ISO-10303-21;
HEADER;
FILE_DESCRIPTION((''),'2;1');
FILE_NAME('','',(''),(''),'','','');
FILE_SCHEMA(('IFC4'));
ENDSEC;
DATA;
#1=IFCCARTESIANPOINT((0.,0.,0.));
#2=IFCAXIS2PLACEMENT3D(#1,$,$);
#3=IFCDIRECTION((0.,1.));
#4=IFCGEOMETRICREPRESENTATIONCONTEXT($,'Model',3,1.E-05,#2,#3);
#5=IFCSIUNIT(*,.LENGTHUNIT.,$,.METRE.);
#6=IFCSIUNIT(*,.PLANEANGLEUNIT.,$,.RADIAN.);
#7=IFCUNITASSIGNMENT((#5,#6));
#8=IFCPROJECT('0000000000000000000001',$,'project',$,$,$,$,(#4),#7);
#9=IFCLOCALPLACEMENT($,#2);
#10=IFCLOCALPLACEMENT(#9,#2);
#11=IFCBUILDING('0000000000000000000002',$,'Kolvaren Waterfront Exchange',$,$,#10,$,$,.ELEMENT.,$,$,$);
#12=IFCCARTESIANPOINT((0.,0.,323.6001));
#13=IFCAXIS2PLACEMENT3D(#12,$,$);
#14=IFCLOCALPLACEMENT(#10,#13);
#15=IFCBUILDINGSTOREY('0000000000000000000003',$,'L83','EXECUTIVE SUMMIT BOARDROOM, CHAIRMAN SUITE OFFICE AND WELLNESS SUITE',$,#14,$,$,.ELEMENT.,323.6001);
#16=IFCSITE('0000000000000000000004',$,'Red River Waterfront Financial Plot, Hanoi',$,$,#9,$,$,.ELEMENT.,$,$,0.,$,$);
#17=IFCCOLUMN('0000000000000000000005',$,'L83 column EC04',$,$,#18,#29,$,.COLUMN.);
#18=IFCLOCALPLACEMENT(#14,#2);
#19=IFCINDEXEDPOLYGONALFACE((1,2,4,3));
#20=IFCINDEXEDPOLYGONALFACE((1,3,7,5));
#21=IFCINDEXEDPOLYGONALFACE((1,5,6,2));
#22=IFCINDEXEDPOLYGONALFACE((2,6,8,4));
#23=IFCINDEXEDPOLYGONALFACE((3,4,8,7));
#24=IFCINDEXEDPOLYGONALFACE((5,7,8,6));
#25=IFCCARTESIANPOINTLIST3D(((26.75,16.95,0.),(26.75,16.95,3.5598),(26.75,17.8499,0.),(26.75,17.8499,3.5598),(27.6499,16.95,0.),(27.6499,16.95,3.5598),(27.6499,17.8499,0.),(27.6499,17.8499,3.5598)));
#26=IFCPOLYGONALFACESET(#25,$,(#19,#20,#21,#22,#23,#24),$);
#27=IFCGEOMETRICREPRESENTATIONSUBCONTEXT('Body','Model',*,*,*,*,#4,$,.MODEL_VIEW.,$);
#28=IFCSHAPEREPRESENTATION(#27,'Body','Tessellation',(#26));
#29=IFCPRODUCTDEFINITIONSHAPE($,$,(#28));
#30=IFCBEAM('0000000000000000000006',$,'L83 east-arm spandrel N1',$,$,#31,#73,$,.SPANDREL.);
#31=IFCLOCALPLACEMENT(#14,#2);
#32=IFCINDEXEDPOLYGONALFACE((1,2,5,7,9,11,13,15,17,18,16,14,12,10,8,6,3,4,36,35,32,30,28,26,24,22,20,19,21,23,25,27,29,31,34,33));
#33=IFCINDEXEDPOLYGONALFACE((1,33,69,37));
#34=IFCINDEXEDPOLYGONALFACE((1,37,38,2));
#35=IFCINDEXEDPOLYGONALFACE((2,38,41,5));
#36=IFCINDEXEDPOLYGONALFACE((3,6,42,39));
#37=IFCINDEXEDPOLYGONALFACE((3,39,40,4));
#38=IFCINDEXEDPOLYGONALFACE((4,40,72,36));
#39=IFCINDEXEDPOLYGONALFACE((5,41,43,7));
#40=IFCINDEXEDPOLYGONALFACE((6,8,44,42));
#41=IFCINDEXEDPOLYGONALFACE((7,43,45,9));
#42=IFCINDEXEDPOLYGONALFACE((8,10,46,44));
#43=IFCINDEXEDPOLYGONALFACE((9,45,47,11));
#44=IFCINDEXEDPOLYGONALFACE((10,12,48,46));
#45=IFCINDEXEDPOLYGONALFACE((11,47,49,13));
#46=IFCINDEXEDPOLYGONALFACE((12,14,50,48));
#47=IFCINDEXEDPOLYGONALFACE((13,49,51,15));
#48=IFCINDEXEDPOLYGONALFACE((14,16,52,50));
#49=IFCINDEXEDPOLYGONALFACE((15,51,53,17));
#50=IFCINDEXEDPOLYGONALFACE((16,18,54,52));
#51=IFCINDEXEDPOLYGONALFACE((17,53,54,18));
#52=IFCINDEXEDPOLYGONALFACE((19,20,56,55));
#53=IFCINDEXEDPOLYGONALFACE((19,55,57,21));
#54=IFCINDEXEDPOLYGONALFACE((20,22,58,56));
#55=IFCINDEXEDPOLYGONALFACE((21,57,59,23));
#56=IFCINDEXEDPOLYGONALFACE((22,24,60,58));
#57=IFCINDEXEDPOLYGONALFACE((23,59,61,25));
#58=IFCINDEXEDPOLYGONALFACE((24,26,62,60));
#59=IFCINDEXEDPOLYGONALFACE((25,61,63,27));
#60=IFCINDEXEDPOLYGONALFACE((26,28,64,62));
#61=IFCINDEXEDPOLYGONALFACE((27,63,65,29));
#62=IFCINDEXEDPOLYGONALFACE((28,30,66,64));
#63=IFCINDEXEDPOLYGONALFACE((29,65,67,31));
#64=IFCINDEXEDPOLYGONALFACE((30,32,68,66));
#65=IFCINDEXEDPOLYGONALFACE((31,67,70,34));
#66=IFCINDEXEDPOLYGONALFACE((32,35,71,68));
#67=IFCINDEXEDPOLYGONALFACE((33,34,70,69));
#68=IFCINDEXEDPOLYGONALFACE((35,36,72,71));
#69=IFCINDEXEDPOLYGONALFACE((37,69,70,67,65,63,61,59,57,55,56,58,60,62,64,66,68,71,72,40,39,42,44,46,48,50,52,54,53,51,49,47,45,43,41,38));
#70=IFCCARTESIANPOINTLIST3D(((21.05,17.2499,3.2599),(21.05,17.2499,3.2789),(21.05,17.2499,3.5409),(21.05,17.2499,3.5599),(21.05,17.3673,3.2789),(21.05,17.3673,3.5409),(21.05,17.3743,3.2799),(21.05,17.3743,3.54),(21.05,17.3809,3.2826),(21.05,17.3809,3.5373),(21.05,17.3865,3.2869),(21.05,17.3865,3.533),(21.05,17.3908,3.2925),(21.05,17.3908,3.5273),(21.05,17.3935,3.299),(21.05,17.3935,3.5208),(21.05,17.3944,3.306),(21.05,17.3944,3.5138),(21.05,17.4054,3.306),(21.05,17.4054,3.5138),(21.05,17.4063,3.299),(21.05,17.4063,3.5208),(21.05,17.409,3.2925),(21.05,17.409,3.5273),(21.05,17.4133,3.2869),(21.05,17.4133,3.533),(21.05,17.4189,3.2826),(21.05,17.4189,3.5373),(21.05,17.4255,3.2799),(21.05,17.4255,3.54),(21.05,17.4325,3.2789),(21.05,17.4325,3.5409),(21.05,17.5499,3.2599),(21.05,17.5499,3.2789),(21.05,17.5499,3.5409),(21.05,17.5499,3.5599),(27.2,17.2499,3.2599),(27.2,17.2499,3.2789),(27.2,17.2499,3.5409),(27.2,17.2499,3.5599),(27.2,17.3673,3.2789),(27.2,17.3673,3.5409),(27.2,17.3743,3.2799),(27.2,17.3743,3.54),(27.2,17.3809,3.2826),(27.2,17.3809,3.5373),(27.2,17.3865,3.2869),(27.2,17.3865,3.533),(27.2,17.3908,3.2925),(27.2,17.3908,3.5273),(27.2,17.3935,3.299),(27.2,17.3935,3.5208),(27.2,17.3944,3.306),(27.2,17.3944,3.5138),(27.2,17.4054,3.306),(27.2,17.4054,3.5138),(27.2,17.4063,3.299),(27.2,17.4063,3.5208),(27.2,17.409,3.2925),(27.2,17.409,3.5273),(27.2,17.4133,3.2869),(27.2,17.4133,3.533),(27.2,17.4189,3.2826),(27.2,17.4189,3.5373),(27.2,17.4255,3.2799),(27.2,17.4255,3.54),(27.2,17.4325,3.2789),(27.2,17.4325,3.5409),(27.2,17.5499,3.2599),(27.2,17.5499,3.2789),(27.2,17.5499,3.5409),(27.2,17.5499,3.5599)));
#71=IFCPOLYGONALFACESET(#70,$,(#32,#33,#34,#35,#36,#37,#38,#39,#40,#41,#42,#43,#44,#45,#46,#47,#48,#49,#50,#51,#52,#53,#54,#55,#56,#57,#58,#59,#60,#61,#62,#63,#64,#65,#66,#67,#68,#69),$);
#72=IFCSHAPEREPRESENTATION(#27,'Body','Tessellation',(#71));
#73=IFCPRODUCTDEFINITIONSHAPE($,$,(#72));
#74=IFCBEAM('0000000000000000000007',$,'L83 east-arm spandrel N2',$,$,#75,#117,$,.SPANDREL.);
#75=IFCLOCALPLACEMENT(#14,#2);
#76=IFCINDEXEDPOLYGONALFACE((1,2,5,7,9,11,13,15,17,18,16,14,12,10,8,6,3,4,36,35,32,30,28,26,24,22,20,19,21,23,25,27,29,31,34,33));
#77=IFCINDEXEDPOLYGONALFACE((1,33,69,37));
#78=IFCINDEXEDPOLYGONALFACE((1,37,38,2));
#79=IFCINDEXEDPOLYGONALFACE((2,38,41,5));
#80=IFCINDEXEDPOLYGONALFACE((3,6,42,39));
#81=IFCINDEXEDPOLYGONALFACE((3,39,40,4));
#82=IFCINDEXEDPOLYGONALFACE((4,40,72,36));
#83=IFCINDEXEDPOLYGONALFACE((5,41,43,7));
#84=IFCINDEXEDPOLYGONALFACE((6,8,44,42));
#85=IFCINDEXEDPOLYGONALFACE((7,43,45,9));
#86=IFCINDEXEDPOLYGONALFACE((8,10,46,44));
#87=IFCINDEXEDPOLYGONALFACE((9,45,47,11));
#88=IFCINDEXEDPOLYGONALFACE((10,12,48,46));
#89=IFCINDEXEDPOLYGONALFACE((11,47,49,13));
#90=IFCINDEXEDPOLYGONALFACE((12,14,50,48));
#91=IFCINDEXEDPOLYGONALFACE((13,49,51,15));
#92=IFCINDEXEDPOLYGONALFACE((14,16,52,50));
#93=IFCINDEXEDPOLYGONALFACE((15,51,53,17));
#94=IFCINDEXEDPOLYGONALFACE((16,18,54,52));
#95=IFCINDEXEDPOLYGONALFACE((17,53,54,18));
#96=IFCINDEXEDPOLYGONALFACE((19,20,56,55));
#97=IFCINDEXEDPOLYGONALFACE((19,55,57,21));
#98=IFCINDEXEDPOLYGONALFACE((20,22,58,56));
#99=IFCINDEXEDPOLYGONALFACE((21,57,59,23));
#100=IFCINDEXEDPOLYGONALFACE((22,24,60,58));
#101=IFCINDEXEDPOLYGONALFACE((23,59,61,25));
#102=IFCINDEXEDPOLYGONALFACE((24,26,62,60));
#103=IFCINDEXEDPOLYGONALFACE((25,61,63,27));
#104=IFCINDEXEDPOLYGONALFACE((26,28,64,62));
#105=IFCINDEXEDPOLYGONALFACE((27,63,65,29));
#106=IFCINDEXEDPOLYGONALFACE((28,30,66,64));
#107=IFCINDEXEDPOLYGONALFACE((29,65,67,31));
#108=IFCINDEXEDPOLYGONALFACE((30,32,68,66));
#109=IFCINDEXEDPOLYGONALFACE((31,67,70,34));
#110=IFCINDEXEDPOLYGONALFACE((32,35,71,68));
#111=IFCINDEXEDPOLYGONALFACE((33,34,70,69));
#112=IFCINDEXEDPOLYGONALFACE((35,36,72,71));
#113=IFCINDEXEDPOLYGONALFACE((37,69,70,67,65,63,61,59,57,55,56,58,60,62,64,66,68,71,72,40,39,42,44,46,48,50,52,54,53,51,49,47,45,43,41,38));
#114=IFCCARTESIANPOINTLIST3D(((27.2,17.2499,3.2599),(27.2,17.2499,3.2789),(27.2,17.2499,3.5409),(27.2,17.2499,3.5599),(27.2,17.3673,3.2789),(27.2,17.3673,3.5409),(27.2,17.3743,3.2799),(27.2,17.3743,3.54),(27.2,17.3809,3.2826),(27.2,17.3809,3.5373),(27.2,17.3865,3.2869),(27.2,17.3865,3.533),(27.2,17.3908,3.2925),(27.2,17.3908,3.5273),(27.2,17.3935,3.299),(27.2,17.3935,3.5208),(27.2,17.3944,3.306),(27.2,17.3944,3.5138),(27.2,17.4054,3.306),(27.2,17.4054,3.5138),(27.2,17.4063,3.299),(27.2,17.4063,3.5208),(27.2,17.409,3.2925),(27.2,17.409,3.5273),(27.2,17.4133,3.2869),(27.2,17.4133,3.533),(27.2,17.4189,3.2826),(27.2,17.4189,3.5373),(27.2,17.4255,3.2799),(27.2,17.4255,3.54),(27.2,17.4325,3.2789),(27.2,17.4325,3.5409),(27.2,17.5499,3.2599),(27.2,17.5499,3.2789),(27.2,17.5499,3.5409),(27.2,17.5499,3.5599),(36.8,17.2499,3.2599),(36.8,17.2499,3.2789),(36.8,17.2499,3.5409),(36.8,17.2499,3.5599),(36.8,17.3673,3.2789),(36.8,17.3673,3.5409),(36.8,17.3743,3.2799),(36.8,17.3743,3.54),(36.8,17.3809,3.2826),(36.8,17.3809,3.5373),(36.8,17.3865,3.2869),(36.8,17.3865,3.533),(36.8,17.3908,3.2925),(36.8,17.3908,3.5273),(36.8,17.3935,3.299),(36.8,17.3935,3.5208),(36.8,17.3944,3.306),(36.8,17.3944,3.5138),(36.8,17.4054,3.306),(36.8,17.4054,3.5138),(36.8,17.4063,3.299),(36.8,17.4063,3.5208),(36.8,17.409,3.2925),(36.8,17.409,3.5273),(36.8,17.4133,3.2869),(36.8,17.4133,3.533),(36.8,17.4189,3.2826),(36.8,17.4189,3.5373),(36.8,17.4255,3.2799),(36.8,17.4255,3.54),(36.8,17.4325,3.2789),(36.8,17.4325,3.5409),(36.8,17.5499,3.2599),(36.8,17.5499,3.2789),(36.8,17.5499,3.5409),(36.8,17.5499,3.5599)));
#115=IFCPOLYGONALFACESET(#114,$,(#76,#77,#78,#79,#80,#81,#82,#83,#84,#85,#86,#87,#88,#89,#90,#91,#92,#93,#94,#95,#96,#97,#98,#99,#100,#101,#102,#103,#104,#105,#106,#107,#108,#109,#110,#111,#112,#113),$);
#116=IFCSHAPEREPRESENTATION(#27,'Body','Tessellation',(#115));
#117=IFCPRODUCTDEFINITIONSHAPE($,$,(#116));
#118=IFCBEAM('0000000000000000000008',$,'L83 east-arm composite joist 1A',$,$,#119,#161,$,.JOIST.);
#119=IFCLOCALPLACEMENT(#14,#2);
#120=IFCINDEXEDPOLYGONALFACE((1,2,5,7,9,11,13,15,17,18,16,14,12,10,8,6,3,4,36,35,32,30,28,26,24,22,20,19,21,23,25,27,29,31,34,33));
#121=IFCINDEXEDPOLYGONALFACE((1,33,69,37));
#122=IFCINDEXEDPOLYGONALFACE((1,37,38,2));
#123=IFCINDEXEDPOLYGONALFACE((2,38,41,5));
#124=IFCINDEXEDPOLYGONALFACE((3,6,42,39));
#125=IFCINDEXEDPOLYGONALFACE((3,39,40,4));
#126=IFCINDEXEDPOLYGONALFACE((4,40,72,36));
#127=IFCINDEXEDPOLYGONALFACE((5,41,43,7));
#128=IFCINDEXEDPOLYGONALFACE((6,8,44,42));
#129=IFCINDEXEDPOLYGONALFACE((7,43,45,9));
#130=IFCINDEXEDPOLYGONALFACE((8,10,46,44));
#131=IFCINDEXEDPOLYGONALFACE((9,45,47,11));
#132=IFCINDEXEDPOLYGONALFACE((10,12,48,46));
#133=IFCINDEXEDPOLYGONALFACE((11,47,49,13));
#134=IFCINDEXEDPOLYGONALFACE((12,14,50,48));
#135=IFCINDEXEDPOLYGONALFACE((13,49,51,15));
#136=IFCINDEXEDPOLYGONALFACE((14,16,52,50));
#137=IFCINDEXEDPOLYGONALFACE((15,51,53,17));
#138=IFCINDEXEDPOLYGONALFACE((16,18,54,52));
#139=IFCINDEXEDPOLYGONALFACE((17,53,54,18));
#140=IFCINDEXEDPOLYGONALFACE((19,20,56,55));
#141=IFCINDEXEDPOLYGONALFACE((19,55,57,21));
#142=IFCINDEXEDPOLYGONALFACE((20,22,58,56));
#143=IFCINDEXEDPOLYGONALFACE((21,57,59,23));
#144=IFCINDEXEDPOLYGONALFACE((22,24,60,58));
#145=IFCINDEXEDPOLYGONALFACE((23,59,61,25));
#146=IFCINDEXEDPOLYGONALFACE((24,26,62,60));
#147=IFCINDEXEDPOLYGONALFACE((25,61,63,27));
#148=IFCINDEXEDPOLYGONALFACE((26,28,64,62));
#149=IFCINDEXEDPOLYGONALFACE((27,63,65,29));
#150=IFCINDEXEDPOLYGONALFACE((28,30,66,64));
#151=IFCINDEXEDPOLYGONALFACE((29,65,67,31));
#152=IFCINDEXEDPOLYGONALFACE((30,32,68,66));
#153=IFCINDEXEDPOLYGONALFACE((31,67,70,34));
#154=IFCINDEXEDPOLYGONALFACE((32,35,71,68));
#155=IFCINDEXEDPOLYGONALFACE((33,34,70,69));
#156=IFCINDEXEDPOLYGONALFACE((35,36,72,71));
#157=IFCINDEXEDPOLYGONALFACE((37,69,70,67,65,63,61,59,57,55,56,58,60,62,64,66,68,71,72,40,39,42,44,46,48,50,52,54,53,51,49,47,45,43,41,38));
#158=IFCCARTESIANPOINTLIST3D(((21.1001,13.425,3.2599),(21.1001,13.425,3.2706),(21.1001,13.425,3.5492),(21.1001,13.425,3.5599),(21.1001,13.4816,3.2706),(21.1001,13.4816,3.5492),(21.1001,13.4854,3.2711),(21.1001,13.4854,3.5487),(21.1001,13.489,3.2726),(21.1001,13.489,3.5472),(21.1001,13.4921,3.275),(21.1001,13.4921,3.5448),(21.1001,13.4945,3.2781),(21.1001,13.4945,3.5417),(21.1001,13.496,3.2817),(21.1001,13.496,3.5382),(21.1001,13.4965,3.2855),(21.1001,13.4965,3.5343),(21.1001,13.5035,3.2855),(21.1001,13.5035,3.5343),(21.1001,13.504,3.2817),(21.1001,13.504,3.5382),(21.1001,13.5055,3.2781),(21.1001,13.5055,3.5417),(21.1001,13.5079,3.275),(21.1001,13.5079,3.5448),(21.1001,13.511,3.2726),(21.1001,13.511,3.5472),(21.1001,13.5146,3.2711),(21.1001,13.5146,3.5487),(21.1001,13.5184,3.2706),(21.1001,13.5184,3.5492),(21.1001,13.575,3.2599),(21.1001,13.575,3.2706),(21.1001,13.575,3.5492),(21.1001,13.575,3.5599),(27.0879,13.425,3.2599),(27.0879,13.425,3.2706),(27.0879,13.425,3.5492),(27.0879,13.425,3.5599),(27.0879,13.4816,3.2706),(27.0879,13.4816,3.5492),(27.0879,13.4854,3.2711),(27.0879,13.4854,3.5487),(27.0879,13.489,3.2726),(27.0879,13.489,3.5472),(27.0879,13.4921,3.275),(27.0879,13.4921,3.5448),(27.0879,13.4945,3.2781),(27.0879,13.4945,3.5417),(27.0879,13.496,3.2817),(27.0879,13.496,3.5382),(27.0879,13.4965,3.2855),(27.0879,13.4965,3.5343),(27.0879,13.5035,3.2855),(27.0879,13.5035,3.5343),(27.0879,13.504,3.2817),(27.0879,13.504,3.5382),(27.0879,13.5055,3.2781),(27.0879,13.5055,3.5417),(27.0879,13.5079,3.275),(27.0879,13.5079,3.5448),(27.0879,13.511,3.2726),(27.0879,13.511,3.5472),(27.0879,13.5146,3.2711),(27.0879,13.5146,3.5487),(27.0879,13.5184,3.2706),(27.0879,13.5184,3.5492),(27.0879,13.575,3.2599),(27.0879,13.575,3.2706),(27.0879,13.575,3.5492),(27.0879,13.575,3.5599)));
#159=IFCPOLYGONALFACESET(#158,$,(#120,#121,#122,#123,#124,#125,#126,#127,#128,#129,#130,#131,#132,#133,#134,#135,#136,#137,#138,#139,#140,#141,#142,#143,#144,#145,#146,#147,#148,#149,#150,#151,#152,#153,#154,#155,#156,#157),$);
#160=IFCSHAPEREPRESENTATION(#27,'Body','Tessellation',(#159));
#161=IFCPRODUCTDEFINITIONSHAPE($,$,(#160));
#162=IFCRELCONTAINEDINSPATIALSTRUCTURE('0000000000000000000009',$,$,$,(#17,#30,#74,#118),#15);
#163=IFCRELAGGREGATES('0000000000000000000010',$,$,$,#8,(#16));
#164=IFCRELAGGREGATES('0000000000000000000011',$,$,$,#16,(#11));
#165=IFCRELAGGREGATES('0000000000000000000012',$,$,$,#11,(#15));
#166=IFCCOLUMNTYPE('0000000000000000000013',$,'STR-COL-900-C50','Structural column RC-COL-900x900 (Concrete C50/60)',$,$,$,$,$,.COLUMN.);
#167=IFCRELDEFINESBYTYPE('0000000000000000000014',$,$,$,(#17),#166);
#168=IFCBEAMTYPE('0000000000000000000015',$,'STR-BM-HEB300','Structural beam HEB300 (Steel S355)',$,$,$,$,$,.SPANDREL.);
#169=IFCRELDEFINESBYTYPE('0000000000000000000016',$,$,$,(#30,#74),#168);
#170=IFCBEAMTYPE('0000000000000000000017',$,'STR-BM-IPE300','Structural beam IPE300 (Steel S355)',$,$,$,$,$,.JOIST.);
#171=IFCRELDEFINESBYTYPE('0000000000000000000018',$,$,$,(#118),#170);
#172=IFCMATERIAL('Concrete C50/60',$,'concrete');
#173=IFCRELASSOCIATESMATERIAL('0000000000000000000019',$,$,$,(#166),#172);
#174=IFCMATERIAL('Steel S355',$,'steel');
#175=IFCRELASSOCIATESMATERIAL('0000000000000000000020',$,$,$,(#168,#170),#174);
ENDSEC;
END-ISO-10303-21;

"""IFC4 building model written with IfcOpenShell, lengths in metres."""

from ifc_helpers import new_model, si_unit, direction, frame, origin, origin_2d, place, context, subcontext, project, spatial, rectangle, i_section, extrude, material, material_profile, profile_set, type_object, element, save


model = new_model("IFC4")

# Units and contexts
model_context = context("Model", 3, precision=1e-05, world=origin(), true_north=direction((0.0, 1.0)))
body_context = subcontext(model_context, "Body", "Model", "MODEL_VIEW")
ifc_project = project(units=[si_unit("LENGTHUNIT", "METRE"), si_unit("PLANEANGLEUNIT", "RADIAN")], contexts=[model_context])

# Site, building, storey
site_placement = place(None, origin())
site = spatial("IfcSite", under=ifc_project, at=site_placement, Name="Red River Waterfront Financial Plot, Hanoi", CompositionType="ELEMENT", RefElevation=0.0)
building_placement = place(site_placement, origin())
building = spatial("IfcBuilding", under=site, at=building_placement, Name="Kolvaren Waterfront Exchange", CompositionType="ELEMENT")
storey_placement = place(building_placement, frame((0.0, 0.0, 323.6001)))
storey = spatial("IfcBuildingStorey", under=building, at=storey_placement, Name="L83", Description="EXECUTIVE SUMMIT BOARDROOM, CHAIRMAN SUITE OFFICE AND WELLNESS SUITE", CompositionType="ELEMENT", Elevation=323.6001)

# Column
ifc_material_1 = material(Name="Concrete C50/60", Category="concrete")
ifc_material_profile_1 = material_profile(ifc_material_1, rectangle(XDim=0.8999, YDim=0.8999, at=origin_2d()), Name="RC-COL-900x900")
ifc_profile_set_1 = profile_set([ifc_material_profile_1], Name="Concrete C50/60")
column_type = type_object("IfcColumnType", Name="STR-COL-900-C50", Description="Structural column RC-COL-900x900 (Concrete C50/60)", PredefinedType="COLUMN", material=ifc_profile_set_1)
column_placement = place(storey_placement, frame((27.2, 17.3999, 0.0), z_axis=(0.0, 0.0, 1.0), x_axis=(1.0, 0.0, 0.0)))
element("IfcColumn", 1, at=column_placement, inside=storey, type_object=column_type, Name="L83 column EC04", PredefinedType="COLUMN", context=body_context, shape_type="SweptSolid", body=[
    extrude(rectangle(XDim=0.8999, YDim=0.8999, at=origin_2d()), origin(), (0.0, 0.0, 1.0), 3.5598),
])

# Beams
ifc_material_2 = material(Name="Steel S355", Category="steel")
ifc_material_profile_2 = material_profile(ifc_material_2, i_section(OverallWidth=0.3, OverallDepth=0.3, WebThickness=0.011, FlangeThickness=0.019, FilletRadius=0.0271, at=origin_2d()), Name="HEB300")
ifc_profile_set_2 = profile_set([ifc_material_profile_2], Name="Steel S355")
beam_type_1 = type_object("IfcBeamType", Name="STR-BM-HEB300", Description="Structural beam HEB300 (Steel S355)", PredefinedType="SPANDREL", material=ifc_profile_set_2)
beam_1_placement = place(storey_placement, frame((21.05, 17.3999, 3.4099), z_axis=(1.0, 0.0, 0.0), x_axis=(0.0, 1.0, 0.0)))
element("IfcBeam", 2, at=beam_1_placement, inside=storey, type_object=beam_type_1, Name="L83 east-arm spandrel N1", PredefinedType="SPANDREL", context=body_context, shape_type="SweptSolid", body=[
    extrude(i_section(OverallWidth=0.3, OverallDepth=0.3, WebThickness=0.011, FlangeThickness=0.019, FilletRadius=0.0271, at=origin_2d()), origin(), (0.0, 0.0, 1.0), 6.1499),
])
beam_2_placement = place(storey_placement, frame((27.2, 17.3999, 3.4099), z_axis=(1.0, 0.0, 0.0), x_axis=(0.0, 1.0, 0.0)))
element("IfcBeam", 3, at=beam_2_placement, inside=storey, type_object=beam_type_1, Name="L83 east-arm spandrel N2", PredefinedType="SPANDREL", context=body_context, shape_type="SweptSolid", body=[
    extrude(i_section(OverallWidth=0.3, OverallDepth=0.3, WebThickness=0.011, FlangeThickness=0.019, FilletRadius=0.0271, at=origin_2d()), origin(), (0.0, 0.0, 1.0), 9.6001),
])
ifc_material_profile_3 = material_profile(ifc_material_2, i_section(OverallWidth=0.1499, OverallDepth=0.3, WebThickness=0.0071, FlangeThickness=0.0107, FilletRadius=0.0149, at=origin_2d()), Name="IPE300")
ifc_profile_set_3 = profile_set([ifc_material_profile_3], Name="Steel S355")
beam_type_2 = type_object("IfcBeamType", Name="STR-BM-IPE300", Description="Structural beam IPE300 (Steel S355)", PredefinedType="JOIST", material=ifc_profile_set_3)
for number, where, z_axis, x_axis, name in (
    (4, (21.1001, 13.5, 3.4099), (1.0, 0.0, 0.0), (0.0, 1.0, 0.0), "L83 east-arm composite joist 1A"),
):
    element("IfcBeam", number, at=place(storey_placement, frame(where, z_axis=z_axis, x_axis=x_axis)), inside=storey, type_object=beam_type_2, Name=name, PredefinedType="JOIST", context=body_context, shape_type="SweptSolid", body=[
        extrude(i_section(OverallWidth=0.1499, OverallDepth=0.3, WebThickness=0.0071, FlangeThickness=0.0107, FilletRadius=0.0149, at=origin_2d()), origin(), (0.0, 0.0, 1.0), 5.9878),
    ])

save(model, "model.ifc")
